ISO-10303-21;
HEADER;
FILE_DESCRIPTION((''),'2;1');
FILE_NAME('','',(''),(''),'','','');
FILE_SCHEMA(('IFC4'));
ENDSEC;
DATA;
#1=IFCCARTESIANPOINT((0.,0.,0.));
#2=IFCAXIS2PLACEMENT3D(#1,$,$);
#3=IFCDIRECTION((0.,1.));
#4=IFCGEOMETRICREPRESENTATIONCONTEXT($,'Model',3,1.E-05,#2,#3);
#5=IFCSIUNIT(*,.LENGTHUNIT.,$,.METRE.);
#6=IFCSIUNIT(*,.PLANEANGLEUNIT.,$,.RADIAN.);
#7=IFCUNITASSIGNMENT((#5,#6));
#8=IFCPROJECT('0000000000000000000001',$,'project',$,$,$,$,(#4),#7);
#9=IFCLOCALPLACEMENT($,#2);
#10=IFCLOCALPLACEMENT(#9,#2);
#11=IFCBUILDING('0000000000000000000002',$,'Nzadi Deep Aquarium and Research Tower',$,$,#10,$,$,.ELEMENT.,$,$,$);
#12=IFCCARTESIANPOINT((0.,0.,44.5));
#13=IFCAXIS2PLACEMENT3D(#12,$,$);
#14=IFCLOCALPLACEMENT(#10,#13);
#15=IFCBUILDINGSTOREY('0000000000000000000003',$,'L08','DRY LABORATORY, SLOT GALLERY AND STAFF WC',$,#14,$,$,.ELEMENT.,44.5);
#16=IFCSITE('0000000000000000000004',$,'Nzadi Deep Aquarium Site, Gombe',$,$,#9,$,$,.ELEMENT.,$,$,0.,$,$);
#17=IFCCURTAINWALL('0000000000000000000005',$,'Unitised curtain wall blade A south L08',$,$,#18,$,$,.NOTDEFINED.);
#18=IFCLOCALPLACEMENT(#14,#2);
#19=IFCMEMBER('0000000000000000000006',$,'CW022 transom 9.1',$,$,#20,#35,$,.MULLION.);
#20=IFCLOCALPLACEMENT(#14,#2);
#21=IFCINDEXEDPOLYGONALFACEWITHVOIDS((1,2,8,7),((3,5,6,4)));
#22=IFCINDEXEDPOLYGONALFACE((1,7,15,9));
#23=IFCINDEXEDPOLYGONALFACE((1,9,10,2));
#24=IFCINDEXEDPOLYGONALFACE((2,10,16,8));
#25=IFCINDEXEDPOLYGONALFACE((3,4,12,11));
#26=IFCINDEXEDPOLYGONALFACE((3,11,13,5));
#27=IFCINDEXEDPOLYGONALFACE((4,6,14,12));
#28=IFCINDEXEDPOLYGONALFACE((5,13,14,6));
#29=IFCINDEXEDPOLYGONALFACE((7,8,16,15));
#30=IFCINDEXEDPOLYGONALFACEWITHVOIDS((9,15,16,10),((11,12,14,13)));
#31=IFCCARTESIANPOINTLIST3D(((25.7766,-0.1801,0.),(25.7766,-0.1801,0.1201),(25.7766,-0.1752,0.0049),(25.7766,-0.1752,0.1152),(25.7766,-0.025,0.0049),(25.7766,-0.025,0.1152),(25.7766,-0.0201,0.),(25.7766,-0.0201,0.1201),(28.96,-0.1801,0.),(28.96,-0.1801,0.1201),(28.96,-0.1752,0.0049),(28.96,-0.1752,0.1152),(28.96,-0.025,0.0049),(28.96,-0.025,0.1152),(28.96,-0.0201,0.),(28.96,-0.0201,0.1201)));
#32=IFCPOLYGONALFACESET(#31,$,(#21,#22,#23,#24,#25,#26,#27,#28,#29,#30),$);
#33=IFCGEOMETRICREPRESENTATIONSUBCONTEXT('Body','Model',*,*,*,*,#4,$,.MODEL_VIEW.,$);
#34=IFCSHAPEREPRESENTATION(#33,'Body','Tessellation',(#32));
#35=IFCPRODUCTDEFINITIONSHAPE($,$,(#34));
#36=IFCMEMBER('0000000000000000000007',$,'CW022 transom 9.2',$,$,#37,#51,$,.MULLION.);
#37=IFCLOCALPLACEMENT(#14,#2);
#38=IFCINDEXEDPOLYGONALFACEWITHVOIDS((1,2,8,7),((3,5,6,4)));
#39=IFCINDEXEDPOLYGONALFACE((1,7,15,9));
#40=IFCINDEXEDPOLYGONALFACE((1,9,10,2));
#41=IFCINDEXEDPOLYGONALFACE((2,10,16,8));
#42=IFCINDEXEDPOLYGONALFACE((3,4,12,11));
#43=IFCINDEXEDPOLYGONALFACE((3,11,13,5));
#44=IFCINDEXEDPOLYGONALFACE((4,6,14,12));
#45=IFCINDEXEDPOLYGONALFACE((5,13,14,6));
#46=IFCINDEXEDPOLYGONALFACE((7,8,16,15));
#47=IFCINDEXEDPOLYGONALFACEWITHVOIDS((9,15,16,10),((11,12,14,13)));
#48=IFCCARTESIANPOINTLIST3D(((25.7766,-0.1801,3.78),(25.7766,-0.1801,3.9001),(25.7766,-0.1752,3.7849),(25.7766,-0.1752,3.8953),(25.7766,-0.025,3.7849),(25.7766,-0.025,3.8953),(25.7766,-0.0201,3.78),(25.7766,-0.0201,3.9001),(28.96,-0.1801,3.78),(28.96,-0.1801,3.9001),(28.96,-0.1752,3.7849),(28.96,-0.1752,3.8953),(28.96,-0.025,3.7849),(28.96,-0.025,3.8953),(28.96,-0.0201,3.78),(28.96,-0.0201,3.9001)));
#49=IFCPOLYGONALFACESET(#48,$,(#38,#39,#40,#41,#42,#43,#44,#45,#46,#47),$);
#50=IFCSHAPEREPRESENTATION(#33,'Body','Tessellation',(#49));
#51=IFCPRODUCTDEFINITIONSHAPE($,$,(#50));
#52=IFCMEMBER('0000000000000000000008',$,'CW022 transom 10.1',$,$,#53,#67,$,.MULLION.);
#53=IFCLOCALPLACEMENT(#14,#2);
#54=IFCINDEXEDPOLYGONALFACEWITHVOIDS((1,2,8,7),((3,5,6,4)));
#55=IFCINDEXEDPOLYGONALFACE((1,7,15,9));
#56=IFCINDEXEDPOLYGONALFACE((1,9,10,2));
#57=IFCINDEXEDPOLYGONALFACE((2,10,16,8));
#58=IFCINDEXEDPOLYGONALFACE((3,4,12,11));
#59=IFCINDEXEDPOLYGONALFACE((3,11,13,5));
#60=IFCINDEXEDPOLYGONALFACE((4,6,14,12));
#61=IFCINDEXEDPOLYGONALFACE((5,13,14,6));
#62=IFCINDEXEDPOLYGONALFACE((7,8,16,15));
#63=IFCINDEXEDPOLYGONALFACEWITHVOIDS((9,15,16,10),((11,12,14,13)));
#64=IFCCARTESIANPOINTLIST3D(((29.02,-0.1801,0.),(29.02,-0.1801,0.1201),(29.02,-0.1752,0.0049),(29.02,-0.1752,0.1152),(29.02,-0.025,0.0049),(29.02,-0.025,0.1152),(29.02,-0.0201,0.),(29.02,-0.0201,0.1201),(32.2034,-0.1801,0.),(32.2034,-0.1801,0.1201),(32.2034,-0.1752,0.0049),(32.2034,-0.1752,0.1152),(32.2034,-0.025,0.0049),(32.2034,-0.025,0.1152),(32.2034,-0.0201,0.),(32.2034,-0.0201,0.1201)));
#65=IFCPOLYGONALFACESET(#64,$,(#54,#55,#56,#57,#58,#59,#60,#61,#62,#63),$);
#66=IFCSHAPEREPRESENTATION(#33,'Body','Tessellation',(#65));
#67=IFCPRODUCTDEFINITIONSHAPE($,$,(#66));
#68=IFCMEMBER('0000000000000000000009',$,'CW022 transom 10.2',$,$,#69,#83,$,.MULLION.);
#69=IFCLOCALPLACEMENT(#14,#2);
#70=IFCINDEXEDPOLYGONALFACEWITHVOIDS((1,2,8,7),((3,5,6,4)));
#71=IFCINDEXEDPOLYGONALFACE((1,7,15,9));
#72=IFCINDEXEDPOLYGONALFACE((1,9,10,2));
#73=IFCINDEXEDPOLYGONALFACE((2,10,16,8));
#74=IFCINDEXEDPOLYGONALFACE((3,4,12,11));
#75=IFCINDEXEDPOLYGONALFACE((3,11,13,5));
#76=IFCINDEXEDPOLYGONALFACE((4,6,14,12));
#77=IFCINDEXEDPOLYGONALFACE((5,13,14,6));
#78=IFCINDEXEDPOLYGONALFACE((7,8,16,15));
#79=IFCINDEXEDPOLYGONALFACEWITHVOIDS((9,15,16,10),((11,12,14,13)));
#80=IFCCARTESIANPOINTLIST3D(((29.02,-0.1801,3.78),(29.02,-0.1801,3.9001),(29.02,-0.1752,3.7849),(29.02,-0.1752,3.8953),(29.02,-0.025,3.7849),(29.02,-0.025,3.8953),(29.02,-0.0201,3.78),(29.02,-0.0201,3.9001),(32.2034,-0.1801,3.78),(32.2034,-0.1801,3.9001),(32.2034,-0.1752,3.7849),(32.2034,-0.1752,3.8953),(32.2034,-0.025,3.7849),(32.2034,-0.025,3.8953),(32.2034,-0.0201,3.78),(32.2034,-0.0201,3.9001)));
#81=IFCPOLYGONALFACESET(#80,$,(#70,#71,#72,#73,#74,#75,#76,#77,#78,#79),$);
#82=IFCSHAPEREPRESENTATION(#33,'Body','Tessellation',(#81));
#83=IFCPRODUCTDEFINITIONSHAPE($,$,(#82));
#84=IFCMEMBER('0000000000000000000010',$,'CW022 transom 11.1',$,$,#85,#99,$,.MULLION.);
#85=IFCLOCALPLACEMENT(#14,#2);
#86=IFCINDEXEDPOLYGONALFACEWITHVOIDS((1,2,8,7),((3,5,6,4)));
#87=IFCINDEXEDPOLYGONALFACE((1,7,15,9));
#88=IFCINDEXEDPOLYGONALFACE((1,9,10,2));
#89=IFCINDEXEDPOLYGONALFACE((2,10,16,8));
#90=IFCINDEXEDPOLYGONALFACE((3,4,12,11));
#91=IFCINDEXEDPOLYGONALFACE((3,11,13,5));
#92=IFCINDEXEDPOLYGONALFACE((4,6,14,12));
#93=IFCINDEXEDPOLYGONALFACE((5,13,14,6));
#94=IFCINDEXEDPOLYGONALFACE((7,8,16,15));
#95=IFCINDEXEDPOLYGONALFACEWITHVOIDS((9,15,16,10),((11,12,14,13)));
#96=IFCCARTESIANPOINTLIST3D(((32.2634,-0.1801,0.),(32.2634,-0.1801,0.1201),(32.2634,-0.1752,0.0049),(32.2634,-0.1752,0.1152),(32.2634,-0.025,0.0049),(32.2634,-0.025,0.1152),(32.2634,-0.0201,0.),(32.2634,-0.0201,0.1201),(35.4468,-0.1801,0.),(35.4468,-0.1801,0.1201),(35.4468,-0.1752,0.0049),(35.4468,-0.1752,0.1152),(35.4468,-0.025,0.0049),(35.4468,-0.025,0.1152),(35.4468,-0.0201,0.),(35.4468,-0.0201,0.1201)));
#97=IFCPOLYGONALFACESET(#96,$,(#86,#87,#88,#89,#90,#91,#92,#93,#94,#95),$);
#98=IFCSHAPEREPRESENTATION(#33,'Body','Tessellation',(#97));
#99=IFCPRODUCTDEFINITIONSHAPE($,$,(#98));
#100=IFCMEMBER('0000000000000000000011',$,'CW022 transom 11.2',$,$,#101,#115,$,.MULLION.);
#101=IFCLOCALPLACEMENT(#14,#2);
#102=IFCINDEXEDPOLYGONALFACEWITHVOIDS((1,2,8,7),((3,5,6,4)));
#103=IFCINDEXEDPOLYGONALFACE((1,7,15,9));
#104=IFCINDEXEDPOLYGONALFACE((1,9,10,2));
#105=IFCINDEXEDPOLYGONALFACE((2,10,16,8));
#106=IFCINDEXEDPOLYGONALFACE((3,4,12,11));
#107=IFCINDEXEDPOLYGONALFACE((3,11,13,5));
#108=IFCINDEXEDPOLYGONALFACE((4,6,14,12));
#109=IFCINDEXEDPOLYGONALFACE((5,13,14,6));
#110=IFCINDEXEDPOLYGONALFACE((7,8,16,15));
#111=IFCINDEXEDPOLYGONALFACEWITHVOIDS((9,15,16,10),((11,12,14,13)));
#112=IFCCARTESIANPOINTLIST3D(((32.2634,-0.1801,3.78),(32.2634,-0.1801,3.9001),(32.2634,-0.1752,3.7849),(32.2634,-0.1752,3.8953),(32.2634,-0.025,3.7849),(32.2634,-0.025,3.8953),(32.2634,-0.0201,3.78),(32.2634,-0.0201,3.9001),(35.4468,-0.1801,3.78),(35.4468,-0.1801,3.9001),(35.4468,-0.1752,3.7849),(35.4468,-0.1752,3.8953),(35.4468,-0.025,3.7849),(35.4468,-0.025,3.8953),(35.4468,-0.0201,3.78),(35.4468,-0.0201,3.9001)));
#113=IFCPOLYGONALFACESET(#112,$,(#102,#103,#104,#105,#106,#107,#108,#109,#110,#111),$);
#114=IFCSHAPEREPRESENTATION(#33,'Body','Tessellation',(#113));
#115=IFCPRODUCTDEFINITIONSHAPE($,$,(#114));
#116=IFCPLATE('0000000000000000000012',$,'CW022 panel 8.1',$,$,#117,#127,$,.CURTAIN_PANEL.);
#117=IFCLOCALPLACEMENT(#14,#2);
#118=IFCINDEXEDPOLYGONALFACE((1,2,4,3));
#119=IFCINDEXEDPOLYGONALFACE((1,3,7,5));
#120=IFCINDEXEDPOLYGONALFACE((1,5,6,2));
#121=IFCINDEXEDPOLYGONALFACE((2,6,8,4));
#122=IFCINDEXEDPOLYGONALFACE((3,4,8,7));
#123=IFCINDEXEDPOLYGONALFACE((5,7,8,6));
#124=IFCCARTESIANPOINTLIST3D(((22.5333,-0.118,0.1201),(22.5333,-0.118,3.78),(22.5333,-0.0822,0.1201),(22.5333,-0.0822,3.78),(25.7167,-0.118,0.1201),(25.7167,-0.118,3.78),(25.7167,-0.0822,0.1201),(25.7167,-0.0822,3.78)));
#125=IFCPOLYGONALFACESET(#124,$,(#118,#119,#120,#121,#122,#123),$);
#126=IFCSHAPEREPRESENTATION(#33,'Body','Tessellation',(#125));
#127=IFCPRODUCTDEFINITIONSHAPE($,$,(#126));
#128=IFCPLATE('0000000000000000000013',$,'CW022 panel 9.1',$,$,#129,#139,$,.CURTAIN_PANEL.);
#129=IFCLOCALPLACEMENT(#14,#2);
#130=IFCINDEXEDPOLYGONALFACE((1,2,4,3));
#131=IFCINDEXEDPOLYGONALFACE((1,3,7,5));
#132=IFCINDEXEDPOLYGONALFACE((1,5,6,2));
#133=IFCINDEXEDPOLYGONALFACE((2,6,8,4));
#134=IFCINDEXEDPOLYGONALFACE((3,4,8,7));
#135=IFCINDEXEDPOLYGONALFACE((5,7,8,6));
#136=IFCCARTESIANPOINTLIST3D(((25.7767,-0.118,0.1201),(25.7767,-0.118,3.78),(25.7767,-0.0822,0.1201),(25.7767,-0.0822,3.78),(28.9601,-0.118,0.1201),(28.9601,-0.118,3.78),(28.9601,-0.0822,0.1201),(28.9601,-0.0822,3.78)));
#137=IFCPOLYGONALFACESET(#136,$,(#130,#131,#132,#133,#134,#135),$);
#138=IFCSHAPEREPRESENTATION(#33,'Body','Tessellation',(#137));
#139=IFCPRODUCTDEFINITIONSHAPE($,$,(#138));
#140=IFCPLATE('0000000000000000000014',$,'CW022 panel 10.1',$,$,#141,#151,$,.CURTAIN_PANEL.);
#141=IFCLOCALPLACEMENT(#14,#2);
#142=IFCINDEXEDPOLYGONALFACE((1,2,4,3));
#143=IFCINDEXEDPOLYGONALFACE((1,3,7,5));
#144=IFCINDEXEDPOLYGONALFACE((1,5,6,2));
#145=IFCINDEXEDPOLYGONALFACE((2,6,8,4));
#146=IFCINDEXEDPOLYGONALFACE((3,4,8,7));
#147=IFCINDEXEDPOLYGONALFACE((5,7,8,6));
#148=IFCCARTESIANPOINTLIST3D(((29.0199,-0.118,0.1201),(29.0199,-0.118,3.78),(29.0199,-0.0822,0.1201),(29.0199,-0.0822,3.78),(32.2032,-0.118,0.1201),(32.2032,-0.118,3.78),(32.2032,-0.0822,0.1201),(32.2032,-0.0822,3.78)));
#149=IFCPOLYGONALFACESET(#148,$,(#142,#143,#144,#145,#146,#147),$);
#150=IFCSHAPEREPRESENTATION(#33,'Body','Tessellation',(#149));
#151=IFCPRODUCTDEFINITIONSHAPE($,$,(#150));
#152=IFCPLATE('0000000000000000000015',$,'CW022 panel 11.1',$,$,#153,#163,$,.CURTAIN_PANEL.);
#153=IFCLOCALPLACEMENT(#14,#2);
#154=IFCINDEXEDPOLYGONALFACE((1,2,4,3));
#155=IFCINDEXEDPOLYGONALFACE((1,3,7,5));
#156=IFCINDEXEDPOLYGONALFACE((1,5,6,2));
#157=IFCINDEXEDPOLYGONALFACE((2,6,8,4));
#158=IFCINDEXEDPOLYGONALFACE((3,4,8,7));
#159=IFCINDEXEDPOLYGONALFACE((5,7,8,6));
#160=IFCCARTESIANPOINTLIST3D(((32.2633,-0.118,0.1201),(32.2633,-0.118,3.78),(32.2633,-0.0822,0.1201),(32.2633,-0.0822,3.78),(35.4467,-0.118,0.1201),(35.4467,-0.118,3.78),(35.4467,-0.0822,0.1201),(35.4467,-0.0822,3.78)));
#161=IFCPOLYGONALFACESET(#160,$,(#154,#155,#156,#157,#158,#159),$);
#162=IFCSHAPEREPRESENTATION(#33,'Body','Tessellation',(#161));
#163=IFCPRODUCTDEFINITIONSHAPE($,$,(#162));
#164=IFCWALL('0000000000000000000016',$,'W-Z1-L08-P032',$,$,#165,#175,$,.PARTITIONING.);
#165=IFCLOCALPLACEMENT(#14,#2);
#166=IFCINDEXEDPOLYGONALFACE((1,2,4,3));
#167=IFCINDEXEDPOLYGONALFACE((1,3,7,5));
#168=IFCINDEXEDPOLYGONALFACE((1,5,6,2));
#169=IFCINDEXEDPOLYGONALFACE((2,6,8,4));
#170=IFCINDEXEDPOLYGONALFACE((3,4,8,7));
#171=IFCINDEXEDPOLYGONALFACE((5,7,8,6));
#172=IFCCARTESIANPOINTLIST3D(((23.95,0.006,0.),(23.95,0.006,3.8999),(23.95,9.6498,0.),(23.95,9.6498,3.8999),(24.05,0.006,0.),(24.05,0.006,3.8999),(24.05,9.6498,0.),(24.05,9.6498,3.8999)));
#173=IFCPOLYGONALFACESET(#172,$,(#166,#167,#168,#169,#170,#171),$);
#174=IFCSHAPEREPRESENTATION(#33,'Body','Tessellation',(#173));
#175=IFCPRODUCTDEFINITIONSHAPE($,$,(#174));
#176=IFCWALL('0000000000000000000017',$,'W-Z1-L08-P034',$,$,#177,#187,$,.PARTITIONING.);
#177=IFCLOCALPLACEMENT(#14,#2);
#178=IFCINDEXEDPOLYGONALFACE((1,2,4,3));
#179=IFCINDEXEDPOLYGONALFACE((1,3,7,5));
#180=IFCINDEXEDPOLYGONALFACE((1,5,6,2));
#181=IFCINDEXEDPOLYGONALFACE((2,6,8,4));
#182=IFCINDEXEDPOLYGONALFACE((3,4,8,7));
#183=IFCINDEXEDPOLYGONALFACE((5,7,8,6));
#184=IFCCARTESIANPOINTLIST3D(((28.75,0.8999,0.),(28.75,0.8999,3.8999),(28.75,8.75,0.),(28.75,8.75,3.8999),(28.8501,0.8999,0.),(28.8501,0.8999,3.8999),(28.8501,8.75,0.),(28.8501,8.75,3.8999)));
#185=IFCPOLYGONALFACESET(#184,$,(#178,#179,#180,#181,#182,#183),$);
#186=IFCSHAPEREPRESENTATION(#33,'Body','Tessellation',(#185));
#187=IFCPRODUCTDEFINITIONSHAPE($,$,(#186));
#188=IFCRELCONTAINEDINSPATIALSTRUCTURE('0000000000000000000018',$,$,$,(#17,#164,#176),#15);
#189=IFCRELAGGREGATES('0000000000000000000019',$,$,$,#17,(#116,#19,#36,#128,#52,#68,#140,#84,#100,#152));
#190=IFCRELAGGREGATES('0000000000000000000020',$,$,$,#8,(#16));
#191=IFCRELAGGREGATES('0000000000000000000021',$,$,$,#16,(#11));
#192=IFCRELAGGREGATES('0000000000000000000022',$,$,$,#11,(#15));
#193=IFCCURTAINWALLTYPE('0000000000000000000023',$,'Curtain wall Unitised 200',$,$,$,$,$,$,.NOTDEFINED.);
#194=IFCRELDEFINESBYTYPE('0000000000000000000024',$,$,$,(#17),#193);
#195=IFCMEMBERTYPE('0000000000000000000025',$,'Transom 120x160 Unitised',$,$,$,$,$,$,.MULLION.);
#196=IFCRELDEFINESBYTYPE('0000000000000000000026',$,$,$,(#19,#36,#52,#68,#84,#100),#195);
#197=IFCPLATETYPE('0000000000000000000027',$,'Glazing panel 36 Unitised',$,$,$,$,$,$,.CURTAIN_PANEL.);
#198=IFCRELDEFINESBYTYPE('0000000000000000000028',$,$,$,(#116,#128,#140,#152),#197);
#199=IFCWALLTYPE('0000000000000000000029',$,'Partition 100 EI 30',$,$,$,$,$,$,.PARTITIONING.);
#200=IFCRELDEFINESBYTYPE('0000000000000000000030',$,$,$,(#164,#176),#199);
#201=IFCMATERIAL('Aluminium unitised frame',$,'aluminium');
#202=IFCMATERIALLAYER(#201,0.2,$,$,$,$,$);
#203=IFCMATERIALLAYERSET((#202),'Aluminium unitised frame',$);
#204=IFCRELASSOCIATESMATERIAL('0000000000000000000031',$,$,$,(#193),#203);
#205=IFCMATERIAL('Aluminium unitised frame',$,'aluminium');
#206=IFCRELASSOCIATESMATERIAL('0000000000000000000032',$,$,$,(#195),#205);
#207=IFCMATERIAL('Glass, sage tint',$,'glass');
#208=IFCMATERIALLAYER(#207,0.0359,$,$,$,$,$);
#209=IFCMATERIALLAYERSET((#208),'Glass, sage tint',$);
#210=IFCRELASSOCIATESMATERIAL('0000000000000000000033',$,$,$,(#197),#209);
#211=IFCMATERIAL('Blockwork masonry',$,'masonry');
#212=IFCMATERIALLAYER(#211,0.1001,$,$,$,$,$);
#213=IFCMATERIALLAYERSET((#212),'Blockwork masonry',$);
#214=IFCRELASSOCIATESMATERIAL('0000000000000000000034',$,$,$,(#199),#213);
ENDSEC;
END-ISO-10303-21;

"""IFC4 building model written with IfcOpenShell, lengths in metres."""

from ifc_helpers import new_model, si_unit, direction, frame, frame_2d, origin, origin_2d, place, context, subcontext, project, spatial, rectangle, hollow_rectangle, extrude, material, layer, layer_set, material_profile, profile_set, type_object, element, aggregate, save


model = new_model("IFC4")

# Units and contexts
model_context = context("Model", 3, precision=1e-05, world=origin(), true_north=direction((0.0, 1.0)))
body_context = subcontext(model_context, "Body", "Model", "MODEL_VIEW")
ifc_project = project(units=[si_unit("LENGTHUNIT", "METRE"), si_unit("PLANEANGLEUNIT", "RADIAN")], contexts=[model_context])

# Site, building, storey
site_placement = place(None, origin())
site = spatial("IfcSite", under=ifc_project, at=site_placement, Name="Nzadi Deep Aquarium Site, Gombe", CompositionType="ELEMENT", RefElevation=0.0)
building_placement = place(site_placement, origin())
building = spatial("IfcBuilding", under=site, at=building_placement, Name="Nzadi Deep Aquarium and Research Tower", CompositionType="ELEMENT")
storey_placement = place(building_placement, frame((0.0, 0.0, 44.5)))
storey = spatial("IfcBuildingStorey", under=building, at=storey_placement, Name="L08", Description="DRY LABORATORY, SLOT GALLERY AND STAFF WC", CompositionType="ELEMENT", Elevation=44.5)

# Curtain wall
ifc_material_1 = material(Name="Aluminium unitised frame", Category="aluminium")
ifc_layer_1 = layer(ifc_material_1, 0.2)
ifc_layer_set_1 = layer_set([ifc_layer_1], Name="Aluminium unitised frame")
curtain_wall_type = type_object("IfcCurtainWallType", Name="Curtain wall Unitised 200", PredefinedType="NOTDEFINED", material=ifc_layer_set_1)
curtain_wall_placement = place(storey_placement, origin())
curtain_wall = element("IfcCurtainWall", 1, at=curtain_wall_placement, inside=storey, type_object=curtain_wall_type, Name="Unitised curtain wall blade A south L08", PredefinedType="NOTDEFINED")

# Members
ifc_material_2 = material(Name="Aluminium unitised frame", Category="aluminium")
ifc_material_profile_1 = material_profile(ifc_material_2, hollow_rectangle(XDim=0.1599, YDim=0.1201, WallThickness=0.0049, at=origin_2d()))
ifc_profile_set_1 = profile_set([ifc_material_profile_1], Name="Aluminium unitised frame")
member_type_1 = type_object("IfcMemberType", Name="Transom 120x160 Unitised", PredefinedType="MULLION", material=ifc_profile_set_1)
member_1_placement = place(storey_placement, frame((25.7766, -0.1001, 0.0601), z_axis=(1.0, 0.0, 0.0), x_axis=(0.0, 1.0, 0.0)))
member_1 = element("IfcMember", 2, at=member_1_placement, type_object=member_type_1, Name="CW022 transom 9.1", PredefinedType="MULLION", context=body_context, shape_type="SweptSolid", body=[
    extrude(hollow_rectangle(XDim=0.1599, YDim=0.1201, WallThickness=0.0049, at=origin_2d()), origin(), (0.0, 0.0, 1.0), 3.1833),
])
member_2_placement = place(storey_placement, frame((25.7766, -0.1001, 3.8401), z_axis=(1.0, 0.0, 0.0), x_axis=(0.0, 1.0, 0.0)))
member_2 = element("IfcMember", 3, at=member_2_placement, type_object=member_type_1, Name="CW022 transom 9.2", PredefinedType="MULLION", context=body_context, shape_type="SweptSolid", body=[
    extrude(hollow_rectangle(XDim=0.1599, YDim=0.1201, WallThickness=0.0049, at=origin_2d()), origin(), (0.0, 0.0, 1.0), 3.1833),
])
member_3_placement = place(storey_placement, frame((29.02, -0.1001, 0.0601), z_axis=(1.0, 0.0, 0.0), x_axis=(0.0, 1.0, 0.0)))
member_3 = element("IfcMember", 4, at=member_3_placement, type_object=member_type_1, Name="CW022 transom 10.1", PredefinedType="MULLION", context=body_context, shape_type="SweptSolid", body=[
    extrude(hollow_rectangle(XDim=0.1599, YDim=0.1201, WallThickness=0.0049, at=origin_2d()), origin(), (0.0, 0.0, 1.0), 3.1833),
])
member_4_placement = place(storey_placement, frame((29.02, -0.1001, 3.8401), z_axis=(1.0, 0.0, 0.0), x_axis=(0.0, 1.0, 0.0)))
member_4 = element("IfcMember", 5, at=member_4_placement, type_object=member_type_1, Name="CW022 transom 10.2", PredefinedType="MULLION", context=body_context, shape_type="SweptSolid", body=[
    extrude(hollow_rectangle(XDim=0.1599, YDim=0.1201, WallThickness=0.0049, at=origin_2d()), origin(), (0.0, 0.0, 1.0), 3.1833),
])
member_5_placement = place(storey_placement, frame((32.2634, -0.1001, 0.0601), z_axis=(1.0, 0.0, 0.0), x_axis=(0.0, 1.0, 0.0)))
member_5 = element("IfcMember", 6, at=member_5_placement, type_object=member_type_1, Name="CW022 transom 11.1", PredefinedType="MULLION", context=body_context, shape_type="SweptSolid", body=[
    extrude(hollow_rectangle(XDim=0.1599, YDim=0.1201, WallThickness=0.0049, at=origin_2d()), origin(), (0.0, 0.0, 1.0), 3.1833),
])
member_6_placement = place(storey_placement, frame((32.2634, -0.1001, 3.8401), z_axis=(1.0, 0.0, 0.0), x_axis=(0.0, 1.0, 0.0)))
member_6 = element("IfcMember", 7, at=member_6_placement, type_object=member_type_1, Name="CW022 transom 11.2", PredefinedType="MULLION", context=body_context, shape_type="SweptSolid", body=[
    extrude(hollow_rectangle(XDim=0.1599, YDim=0.1201, WallThickness=0.0049, at=origin_2d()), origin(), (0.0, 0.0, 1.0), 3.1833),
])

# Plates
ifc_material_3 = material(Name="Glass, sage tint", Category="glass")
ifc_layer_2 = layer(ifc_material_3, 0.0359)
ifc_layer_set_2 = layer_set([ifc_layer_2], Name="Glass, sage tint")
plate_type = type_object("IfcPlateType", Name="Glazing panel 36 Unitised", PredefinedType="CURTAIN_PANEL", material=ifc_layer_set_2)
plate_1_placement = place(storey_placement, frame((24.125, -0.1001, 0.1201), z_axis=(0.0, 0.0, 1.0), x_axis=(1.0, 0.0, 0.0)))
plate_1 = element("IfcPlate", 8, at=plate_1_placement, type_object=plate_type, Name="CW022 panel 8.1", PredefinedType="CURTAIN_PANEL", context=body_context, shape_type="SweptSolid", body=[
    extrude(rectangle(XDim=3.1833, YDim=0.0359, at=origin_2d()), origin(), (0.0, 0.0, 1.0), 3.6599),
])
plate_2_placement = place(storey_placement, frame((27.3684, -0.1001, 0.1201), z_axis=(0.0, 0.0, 1.0), x_axis=(1.0, 0.0, 0.0)))
plate_2 = element("IfcPlate", 9, at=plate_2_placement, type_object=plate_type, Name="CW022 panel 9.1", PredefinedType="CURTAIN_PANEL", context=body_context, shape_type="SweptSolid", body=[
    extrude(rectangle(XDim=3.1833, YDim=0.0359, at=origin_2d()), origin(), (0.0, 0.0, 1.0), 3.6599),
])
plate_3_placement = place(storey_placement, frame((30.6116, -0.1001, 0.1201), z_axis=(0.0, 0.0, 1.0), x_axis=(1.0, 0.0, 0.0)))
plate_3 = element("IfcPlate", 10, at=plate_3_placement, type_object=plate_type, Name="CW022 panel 10.1", PredefinedType="CURTAIN_PANEL", context=body_context, shape_type="SweptSolid", body=[
    extrude(rectangle(XDim=3.1833, YDim=0.0359, at=origin_2d()), origin(), (0.0, 0.0, 1.0), 3.6599),
])
plate_4_placement = place(storey_placement, frame((33.855, -0.1001, 0.1201), z_axis=(0.0, 0.0, 1.0), x_axis=(1.0, 0.0, 0.0)))
plate_4 = element("IfcPlate", 11, at=plate_4_placement, type_object=plate_type, Name="CW022 panel 11.1", PredefinedType="CURTAIN_PANEL", context=body_context, shape_type="SweptSolid", body=[
    extrude(rectangle(XDim=3.1833, YDim=0.0359, at=origin_2d()), origin(), (0.0, 0.0, 1.0), 3.6599),
])
aggregate(curtain_wall, [plate_1, member_1, member_2, plate_2, member_3, member_4, plate_3, member_5, member_6, plate_4])

# Walls
ifc_material_4 = material(Name="Blockwork masonry", Category="masonry")
ifc_layer_3 = layer(ifc_material_4, 0.1001)
ifc_layer_set_3 = layer_set([ifc_layer_3], Name="Blockwork masonry")
wall_type_1 = type_object("IfcWallType", Name="Partition 100 EI 30", PredefinedType="PARTITIONING", material=ifc_layer_set_3)
wall_1_placement = place(storey_placement, frame((24.0, 0.0061, 0.0), z_axis=(0.0, 0.0, 1.0), x_axis=(0.0, 1.0, 0.0)))
element("IfcWall", 12, at=wall_1_placement, inside=storey, type_object=wall_type_1, Name="W-Z1-L08-P032", PredefinedType="PARTITIONING", context=body_context, shape_type="SweptSolid", body=[
    extrude(rectangle(XDim=9.6438, YDim=0.1001, at=frame_2d((4.8218, 0.0))), origin(), (0.0, 0.0, 1.0), 3.8999),
])
wall_2_placement = place(storey_placement, frame((28.8, 0.8999, 0.0), z_axis=(0.0, 0.0, 1.0), x_axis=(0.0, 1.0, 0.0)))
element("IfcWall", 13, at=wall_2_placement, inside=storey, type_object=wall_type_1, Name="W-Z1-L08-P034", PredefinedType="PARTITIONING", context=body_context, shape_type="SweptSolid", body=[
    extrude(rectangle(XDim=7.8501, YDim=0.1001, at=frame_2d((3.925, 0.0))), origin(), (0.0, 0.0, 1.0), 3.8999),
])

save(model, "model.ifc")
